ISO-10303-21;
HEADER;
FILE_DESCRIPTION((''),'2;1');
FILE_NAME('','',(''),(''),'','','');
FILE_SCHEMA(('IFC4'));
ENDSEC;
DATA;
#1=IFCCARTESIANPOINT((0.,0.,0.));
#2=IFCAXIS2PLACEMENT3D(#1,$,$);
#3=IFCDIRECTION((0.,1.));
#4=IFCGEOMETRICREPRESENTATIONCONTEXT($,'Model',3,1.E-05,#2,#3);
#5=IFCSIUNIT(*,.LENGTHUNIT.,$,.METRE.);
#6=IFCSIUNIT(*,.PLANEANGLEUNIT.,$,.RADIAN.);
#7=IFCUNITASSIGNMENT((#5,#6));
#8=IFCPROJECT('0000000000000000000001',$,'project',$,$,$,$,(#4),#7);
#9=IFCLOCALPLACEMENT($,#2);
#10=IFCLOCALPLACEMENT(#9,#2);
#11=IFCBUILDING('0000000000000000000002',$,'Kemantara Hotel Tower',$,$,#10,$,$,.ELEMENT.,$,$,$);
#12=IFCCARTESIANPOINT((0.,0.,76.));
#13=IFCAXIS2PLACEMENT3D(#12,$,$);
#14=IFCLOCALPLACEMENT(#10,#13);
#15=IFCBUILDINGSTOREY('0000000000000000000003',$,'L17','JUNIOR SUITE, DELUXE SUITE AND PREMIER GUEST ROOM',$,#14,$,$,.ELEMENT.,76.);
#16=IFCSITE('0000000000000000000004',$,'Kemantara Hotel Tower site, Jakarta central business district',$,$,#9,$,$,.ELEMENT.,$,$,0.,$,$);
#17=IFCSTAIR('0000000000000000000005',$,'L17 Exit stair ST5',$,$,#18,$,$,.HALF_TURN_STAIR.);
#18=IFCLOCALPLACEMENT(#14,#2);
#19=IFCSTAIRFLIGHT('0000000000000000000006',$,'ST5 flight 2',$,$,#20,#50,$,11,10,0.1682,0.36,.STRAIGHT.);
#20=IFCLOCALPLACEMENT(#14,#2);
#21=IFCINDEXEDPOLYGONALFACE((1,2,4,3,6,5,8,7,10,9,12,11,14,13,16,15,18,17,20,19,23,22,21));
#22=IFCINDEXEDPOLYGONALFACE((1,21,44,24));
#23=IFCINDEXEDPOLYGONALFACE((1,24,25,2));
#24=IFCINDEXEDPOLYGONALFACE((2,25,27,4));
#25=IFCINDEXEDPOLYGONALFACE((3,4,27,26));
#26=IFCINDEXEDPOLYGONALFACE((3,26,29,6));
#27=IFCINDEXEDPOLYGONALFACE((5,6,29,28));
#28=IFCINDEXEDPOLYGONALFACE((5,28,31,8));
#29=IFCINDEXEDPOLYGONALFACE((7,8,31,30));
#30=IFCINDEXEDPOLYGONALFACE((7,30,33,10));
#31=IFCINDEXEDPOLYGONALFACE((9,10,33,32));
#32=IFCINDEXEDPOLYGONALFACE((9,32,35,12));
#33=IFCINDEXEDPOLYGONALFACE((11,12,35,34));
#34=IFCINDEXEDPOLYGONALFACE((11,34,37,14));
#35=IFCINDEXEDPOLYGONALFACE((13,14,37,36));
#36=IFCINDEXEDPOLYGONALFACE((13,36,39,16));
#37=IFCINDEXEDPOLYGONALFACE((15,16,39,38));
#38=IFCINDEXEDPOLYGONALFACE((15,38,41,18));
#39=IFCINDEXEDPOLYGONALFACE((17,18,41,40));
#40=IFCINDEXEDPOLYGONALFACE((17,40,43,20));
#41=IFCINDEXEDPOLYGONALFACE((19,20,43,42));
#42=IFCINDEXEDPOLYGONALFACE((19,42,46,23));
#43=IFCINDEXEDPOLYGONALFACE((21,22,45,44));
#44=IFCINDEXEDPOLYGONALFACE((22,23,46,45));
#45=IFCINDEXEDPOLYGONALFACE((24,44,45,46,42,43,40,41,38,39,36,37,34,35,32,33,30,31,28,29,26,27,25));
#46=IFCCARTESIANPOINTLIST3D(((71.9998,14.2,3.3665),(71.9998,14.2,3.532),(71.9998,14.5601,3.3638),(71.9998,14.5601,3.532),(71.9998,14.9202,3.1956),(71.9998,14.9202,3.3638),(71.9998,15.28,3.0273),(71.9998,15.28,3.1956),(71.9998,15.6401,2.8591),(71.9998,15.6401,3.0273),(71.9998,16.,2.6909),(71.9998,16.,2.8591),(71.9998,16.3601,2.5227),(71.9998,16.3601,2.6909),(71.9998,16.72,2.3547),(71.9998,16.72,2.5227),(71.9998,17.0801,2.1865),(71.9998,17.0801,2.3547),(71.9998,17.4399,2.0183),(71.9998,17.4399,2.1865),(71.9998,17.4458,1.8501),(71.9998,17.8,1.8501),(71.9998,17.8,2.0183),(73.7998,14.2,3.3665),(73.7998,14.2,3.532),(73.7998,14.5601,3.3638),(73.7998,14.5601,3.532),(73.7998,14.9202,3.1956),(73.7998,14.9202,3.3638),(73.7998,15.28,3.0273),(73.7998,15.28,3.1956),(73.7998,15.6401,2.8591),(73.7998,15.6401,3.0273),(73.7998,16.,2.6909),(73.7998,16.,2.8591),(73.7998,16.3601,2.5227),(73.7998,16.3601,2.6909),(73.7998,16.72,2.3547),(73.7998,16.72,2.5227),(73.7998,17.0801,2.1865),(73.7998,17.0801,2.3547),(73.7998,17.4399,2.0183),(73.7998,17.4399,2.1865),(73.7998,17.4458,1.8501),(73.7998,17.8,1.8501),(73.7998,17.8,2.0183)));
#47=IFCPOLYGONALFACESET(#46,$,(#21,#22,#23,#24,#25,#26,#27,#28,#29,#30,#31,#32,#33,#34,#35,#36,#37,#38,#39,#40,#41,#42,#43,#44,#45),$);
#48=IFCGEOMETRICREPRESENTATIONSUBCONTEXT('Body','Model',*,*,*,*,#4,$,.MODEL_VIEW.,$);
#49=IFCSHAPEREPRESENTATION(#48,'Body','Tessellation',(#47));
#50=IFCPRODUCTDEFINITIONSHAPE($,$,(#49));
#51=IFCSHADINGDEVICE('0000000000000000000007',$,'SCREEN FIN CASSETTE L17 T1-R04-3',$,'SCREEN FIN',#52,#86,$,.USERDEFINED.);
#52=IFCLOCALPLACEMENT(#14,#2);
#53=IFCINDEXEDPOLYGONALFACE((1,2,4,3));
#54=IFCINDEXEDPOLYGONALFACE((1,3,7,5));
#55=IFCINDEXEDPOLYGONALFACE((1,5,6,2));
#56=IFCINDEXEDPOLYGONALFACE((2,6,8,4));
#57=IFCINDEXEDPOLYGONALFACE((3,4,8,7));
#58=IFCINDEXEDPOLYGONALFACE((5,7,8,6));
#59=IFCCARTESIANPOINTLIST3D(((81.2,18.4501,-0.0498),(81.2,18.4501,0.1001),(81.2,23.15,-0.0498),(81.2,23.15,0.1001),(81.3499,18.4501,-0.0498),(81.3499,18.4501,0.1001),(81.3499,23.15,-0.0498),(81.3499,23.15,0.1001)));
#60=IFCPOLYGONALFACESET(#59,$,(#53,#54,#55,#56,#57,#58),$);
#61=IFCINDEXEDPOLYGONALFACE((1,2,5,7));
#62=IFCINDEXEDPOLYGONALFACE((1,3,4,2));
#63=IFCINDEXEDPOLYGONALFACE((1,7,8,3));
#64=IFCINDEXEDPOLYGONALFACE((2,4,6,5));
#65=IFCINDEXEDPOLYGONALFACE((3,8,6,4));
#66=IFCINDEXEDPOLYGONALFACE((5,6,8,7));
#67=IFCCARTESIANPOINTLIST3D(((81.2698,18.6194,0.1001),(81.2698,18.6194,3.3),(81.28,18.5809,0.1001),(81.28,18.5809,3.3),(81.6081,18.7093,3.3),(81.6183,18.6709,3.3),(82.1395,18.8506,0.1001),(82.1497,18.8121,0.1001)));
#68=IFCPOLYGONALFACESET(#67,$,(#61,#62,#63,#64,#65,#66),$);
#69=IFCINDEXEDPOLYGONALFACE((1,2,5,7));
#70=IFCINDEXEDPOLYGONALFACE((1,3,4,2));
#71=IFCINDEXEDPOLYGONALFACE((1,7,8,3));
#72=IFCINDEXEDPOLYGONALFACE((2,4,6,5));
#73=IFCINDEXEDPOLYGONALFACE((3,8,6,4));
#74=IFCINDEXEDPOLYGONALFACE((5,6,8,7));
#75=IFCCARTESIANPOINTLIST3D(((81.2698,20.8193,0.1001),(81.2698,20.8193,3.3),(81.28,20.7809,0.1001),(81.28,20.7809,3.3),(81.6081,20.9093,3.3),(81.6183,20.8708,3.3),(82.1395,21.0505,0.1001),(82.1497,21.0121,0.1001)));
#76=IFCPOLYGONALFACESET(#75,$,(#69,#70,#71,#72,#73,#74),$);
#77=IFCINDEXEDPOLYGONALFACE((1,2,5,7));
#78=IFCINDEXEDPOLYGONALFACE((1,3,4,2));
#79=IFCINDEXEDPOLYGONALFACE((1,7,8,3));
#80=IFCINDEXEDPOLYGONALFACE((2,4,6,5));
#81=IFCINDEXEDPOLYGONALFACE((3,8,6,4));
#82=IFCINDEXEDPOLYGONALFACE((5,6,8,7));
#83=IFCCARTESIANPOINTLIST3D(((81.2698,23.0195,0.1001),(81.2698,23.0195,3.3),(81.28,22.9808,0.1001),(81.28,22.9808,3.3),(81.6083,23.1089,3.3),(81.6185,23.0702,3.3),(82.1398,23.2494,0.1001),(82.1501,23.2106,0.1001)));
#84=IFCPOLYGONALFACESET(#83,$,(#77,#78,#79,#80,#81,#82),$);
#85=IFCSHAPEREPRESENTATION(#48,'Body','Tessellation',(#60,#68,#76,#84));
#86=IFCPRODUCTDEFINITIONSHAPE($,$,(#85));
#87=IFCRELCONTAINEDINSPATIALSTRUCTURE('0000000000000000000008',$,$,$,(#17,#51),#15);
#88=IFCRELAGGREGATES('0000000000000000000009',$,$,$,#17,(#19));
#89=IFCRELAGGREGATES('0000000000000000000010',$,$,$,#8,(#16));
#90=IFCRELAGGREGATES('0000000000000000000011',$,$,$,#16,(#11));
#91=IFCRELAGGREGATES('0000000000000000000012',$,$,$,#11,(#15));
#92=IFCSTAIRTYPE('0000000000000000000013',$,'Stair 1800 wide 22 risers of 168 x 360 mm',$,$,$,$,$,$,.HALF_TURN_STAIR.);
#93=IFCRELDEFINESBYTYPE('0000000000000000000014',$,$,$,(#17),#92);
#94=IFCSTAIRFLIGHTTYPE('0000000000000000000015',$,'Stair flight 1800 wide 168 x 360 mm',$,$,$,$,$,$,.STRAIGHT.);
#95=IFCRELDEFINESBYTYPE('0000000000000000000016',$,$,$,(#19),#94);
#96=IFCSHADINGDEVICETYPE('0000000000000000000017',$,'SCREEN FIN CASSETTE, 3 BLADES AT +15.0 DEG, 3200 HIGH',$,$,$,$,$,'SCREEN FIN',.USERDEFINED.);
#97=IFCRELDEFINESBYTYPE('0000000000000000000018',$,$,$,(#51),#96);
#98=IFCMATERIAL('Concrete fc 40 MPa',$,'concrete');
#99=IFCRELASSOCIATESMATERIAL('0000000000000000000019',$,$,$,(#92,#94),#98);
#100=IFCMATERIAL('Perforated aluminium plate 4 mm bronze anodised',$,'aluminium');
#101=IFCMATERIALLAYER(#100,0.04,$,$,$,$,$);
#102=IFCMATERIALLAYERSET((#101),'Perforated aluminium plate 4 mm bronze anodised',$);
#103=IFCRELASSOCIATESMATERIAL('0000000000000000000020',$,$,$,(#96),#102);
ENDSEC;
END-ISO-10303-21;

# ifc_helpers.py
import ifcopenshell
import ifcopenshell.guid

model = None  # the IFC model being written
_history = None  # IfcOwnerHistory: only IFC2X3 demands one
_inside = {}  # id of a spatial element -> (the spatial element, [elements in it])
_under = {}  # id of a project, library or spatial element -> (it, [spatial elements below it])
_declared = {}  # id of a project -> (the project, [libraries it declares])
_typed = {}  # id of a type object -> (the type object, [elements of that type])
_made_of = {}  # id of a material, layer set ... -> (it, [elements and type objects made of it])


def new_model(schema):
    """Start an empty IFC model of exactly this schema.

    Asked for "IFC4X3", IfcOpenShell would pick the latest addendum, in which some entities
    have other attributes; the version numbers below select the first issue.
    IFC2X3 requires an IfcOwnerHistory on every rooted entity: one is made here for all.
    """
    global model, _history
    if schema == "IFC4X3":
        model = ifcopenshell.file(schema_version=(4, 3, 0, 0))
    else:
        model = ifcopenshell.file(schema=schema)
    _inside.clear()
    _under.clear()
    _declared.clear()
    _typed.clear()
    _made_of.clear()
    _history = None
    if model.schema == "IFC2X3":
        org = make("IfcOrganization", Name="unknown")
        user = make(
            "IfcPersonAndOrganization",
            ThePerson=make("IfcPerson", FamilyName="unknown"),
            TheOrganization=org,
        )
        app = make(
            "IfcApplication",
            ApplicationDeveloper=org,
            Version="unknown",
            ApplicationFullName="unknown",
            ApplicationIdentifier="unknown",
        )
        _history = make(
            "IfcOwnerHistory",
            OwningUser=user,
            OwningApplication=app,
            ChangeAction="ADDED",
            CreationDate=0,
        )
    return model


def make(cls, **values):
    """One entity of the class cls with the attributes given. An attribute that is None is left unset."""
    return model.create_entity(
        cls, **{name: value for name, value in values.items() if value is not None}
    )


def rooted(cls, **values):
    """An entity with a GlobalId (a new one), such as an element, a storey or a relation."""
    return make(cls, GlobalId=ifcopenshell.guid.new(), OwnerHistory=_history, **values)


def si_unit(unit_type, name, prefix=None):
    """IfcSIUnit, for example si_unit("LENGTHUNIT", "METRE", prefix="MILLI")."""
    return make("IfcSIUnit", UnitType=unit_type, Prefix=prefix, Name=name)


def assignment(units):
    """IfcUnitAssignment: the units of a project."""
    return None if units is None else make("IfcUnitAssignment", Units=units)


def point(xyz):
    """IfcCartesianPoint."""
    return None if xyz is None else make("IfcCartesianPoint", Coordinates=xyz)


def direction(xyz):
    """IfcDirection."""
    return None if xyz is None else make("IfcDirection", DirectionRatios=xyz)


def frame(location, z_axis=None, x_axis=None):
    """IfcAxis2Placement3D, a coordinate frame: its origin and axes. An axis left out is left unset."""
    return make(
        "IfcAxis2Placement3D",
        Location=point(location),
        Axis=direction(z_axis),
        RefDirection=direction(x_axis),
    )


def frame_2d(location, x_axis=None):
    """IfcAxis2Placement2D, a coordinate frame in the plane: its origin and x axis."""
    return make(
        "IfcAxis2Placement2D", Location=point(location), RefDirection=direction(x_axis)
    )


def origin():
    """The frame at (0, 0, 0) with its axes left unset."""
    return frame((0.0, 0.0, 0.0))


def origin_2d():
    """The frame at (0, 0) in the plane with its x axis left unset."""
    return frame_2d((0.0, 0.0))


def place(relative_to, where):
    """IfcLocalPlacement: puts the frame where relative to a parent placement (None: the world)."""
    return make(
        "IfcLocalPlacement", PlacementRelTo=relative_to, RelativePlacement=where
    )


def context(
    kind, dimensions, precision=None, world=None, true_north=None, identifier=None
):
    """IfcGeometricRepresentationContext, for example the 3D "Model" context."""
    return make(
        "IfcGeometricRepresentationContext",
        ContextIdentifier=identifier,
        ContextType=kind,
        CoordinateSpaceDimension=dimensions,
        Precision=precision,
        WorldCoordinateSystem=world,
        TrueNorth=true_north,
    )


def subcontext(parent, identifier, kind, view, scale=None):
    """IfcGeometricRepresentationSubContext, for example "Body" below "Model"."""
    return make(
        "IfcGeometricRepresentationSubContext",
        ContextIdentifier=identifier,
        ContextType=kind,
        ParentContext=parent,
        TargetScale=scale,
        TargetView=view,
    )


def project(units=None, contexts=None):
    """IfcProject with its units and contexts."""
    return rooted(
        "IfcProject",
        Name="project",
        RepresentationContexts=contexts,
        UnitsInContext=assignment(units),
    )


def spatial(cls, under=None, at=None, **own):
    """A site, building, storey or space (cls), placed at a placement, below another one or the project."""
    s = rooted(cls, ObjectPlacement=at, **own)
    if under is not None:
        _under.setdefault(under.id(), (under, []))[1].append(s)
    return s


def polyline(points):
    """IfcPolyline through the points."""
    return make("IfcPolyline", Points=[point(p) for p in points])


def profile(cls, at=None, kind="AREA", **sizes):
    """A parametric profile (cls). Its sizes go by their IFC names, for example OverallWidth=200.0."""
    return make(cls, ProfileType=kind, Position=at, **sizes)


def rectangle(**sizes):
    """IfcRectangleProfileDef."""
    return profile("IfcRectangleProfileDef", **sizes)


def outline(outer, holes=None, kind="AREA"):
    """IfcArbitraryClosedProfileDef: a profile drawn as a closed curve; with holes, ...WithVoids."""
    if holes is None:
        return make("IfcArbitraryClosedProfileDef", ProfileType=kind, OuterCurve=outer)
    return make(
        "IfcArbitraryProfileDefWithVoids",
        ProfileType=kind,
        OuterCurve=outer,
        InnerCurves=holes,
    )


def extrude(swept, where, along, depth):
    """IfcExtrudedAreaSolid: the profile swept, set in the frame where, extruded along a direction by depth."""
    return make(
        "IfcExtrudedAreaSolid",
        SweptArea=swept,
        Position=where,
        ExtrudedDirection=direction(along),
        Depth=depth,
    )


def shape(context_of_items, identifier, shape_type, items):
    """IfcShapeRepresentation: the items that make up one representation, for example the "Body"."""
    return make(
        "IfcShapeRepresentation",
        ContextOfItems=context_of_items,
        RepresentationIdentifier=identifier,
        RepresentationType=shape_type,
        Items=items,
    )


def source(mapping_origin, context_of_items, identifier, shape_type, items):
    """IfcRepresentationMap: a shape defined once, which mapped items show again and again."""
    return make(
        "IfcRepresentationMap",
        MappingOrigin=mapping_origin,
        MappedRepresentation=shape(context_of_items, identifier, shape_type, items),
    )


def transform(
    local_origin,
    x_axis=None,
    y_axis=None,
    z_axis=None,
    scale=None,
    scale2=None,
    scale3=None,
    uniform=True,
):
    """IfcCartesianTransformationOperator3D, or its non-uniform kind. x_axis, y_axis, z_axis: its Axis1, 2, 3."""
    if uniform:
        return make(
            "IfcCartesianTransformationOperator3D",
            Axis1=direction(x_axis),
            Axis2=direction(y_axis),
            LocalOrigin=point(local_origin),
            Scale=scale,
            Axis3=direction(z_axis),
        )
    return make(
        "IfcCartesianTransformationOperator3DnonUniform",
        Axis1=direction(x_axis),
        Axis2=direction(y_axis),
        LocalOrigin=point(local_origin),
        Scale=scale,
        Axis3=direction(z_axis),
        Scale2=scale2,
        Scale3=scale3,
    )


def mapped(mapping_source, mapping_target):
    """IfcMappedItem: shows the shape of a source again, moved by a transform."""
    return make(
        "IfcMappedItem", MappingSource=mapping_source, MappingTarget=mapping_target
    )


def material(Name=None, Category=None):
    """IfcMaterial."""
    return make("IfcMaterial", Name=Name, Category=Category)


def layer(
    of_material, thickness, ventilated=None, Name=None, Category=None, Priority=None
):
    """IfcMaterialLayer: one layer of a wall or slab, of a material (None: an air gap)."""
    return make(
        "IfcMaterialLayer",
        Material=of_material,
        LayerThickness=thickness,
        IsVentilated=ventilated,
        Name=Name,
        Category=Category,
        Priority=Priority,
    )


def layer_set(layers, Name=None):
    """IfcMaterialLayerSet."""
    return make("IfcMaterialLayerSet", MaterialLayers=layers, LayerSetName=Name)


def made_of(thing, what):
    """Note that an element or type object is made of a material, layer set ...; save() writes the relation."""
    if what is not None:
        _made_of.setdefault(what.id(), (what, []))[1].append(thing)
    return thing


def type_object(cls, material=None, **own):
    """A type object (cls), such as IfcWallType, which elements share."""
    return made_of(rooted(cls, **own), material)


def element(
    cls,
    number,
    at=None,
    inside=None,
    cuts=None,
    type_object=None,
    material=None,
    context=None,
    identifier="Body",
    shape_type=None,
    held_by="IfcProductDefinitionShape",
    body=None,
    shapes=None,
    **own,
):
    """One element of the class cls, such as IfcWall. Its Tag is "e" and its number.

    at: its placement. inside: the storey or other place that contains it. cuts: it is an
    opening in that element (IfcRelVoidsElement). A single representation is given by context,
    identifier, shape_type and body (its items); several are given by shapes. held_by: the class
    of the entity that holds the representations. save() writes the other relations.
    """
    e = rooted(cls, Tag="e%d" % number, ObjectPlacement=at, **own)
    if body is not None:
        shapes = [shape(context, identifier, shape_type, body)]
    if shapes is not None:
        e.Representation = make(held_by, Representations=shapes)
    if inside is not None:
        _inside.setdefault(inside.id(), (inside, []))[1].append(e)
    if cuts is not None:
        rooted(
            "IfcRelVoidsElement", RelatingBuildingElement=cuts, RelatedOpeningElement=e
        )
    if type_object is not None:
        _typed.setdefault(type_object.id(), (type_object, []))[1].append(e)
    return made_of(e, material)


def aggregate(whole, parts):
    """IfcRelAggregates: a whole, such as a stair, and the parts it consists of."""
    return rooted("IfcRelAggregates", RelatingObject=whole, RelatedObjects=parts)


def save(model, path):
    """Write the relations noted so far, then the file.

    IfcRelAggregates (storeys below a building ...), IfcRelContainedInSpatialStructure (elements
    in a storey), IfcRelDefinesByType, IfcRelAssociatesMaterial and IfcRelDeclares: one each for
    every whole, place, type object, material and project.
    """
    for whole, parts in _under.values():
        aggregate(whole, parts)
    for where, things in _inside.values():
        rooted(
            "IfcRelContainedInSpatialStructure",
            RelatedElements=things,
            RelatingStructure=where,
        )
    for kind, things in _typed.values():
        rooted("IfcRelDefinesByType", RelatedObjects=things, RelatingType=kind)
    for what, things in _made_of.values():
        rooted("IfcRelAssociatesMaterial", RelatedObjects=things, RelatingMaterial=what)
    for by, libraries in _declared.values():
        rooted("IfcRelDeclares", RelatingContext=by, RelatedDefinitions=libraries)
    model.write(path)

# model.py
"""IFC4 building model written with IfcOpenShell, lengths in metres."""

from ifc_helpers import new_model, si_unit, direction, frame, origin, origin_2d, place, context, subcontext, project, spatial, polyline, rectangle, outline, extrude, source, transform, mapped, material, layer, layer_set, type_object, element, aggregate, save


model = new_model("IFC4")

# Units and contexts
model_context = context("Model", 3, precision=1e-05, world=origin(), true_north=direction((0.0, 1.0)))
body_context = subcontext(model_context, "Body", "Model", "MODEL_VIEW")
ifc_project = project(units=[si_unit("LENGTHUNIT", "METRE"), si_unit("PLANEANGLEUNIT", "RADIAN")], contexts=[model_context])

# Site, building, storey
site_placement = place(None, origin())
site = spatial("IfcSite", under=ifc_project, at=site_placement, Name="Kemantara Hotel Tower site, Jakarta central business district", CompositionType="ELEMENT", RefElevation=0.0)
building_placement = place(site_placement, origin())
building = spatial("IfcBuilding", under=site, at=building_placement, Name="Kemantara Hotel Tower", CompositionType="ELEMENT")
storey_placement = place(building_placement, frame((0.0, 0.0, 76.0)))
storey = spatial("IfcBuildingStorey", under=building, at=storey_placement, Name="L17", Description="JUNIOR SUITE, DELUXE SUITE AND PREMIER GUEST ROOM", CompositionType="ELEMENT", Elevation=76.0)

# Shared definitions
ifc_material_1 = material(Name="Concrete fc 40 MPa", Category="concrete")

# Stair, stair flight
stair_type = type_object("IfcStairType", Name="Stair 1800 wide 22 risers of 168 x 360 mm", PredefinedType="HALF_TURN_STAIR", material=ifc_material_1)
stair_flight_type = type_object("IfcStairFlightType", Name="Stair flight 1800 wide 168 x 360 mm", PredefinedType="STRAIGHT", material=ifc_material_1)
stair_1_placement = place(storey_placement, origin())
stair_1 = element("IfcStair", 1, at=stair_1_placement, inside=storey, type_object=stair_type, Name="L17 Exit stair ST5", PredefinedType="HALF_TURN_STAIR")
stair_flight_1_placement = place(storey_placement, frame((72.8999, 17.8, 1.8501), z_axis=(0.0, 0.0, 1.0), x_axis=(0.0, -1.0, 0.0)))
stair_flight_1 = element("IfcStairFlight", 2, at=stair_flight_1_placement, type_object=stair_flight_type, Name="ST5 flight 2", NumberOfRisers=11, NumberOfTreads=10, PredefinedType="STRAIGHT", RiserHeight=0.1682, TreadLength=0.36, context=body_context, shape_type="SweptSolid", body=[
    extrude(outline(polyline([(0.0, 0.0), (0.0, 0.1682), (0.3601, 0.1682), (0.3601, 0.3364), (0.72, 0.3364), (0.72, 0.5046), (1.0801, 0.5046), (1.0801, 0.6726), (1.4399, 0.6726), (1.4399, 0.8408), (1.8, 0.8408), (1.8, 1.009), (2.1599, 1.009), (2.1599, 1.1772), (2.52, 1.1772), (2.52, 1.3455), (2.8799, 1.3455), (2.8799, 1.5137), (3.24, 1.5137), (3.24, 1.6819), (3.6001, 1.6819), (3.6001, 1.8501), (3.6001, 1.5164), (0.3542, 0.0), (0.0, 0.0)])), frame((0.0, 0.8999, 0.0), z_axis=(0.0, -1.0, 0.0), x_axis=(1.0, 0.0, 0.0)), (0.0, 0.0, 1.0), 1.8),
])
aggregate(stair_1, [stair_flight_1])

# Shading device
ifc_material_2 = material(Name="Perforated aluminium plate 4 mm bronze anodised", Category="aluminium")
ifc_layer_1 = layer(ifc_material_2, 0.04)
ifc_layer_set_1 = layer_set([ifc_layer_1], Name="Perforated aluminium plate 4 mm bronze anodised")
shading_device_type = type_object("IfcShadingDeviceType", Name="SCREEN FIN CASSETTE, 3 BLADES AT +15.0 DEG, 3200 HIGH", ElementType="SCREEN FIN", PredefinedType="USERDEFINED", material=ifc_layer_set_1)
shared_shape_1 = source(origin(), body_context, "Body", "SweptSolid", [
    extrude(rectangle(XDim=4.7, YDim=0.1499, at=origin_2d()), frame((2.2, -0.075, -0.1499), z_axis=(0.0, 0.0, 1.0), x_axis=(1.0, 0.0, 0.0)), (0.0, 0.0, 1.0), 0.1499),
    extrude(outline(polyline([(0.0, 0.0), (0.8999, 0.0), (0.3501, 3.2), (0.0, 3.2), (0.0, 0.0)])), frame((0.0193, -0.0698, 0.0), z_axis=(-0.966438, -0.256901, 0.0), x_axis=(0.256901, -0.966438, 0.0)), (0.0, 0.0, 1.0), 0.0398),
    extrude(outline(polyline([(0.0, 0.0), (0.8999, 0.0), (0.3501, 3.2), (0.0, 3.2), (0.0, 0.0)])), frame((2.2192, -0.0698, 0.0), z_axis=(-0.966438, -0.256901, 0.0), x_axis=(0.256901, -0.966438, 0.0)), (0.0, 0.0, 1.0), 0.0398),
    extrude(outline(polyline([(0.0, 0.0), (0.8999, 0.0), (0.3501, 3.2), (0.0, 3.2), (0.0, 0.0)])), frame((4.4194, -0.0698, 0.0), z_axis=(-0.966838, -0.255391, 0.0), x_axis=(0.255391, -0.966838, 0.0)), (0.0, 0.0, 1.0), 0.04),
])
shading_device_placement = place(storey_placement, frame((81.2, 18.6001, 0.1001), z_axis=(0.0, 0.0, 1.0), x_axis=(0.0, 1.0, 0.0)))
element("IfcShadingDevice", 3, at=shading_device_placement, inside=storey, type_object=shading_device_type, Name="SCREEN FIN CASSETTE L17 T1-R04-3", ObjectType="SCREEN FIN", PredefinedType="USERDEFINED", context=body_context, shape_type="MappedRepresentation", body=[
    mapped(shared_shape_1, transform((0.0, 0.0, 0.0))),
])

save(model, "model.ifc")
